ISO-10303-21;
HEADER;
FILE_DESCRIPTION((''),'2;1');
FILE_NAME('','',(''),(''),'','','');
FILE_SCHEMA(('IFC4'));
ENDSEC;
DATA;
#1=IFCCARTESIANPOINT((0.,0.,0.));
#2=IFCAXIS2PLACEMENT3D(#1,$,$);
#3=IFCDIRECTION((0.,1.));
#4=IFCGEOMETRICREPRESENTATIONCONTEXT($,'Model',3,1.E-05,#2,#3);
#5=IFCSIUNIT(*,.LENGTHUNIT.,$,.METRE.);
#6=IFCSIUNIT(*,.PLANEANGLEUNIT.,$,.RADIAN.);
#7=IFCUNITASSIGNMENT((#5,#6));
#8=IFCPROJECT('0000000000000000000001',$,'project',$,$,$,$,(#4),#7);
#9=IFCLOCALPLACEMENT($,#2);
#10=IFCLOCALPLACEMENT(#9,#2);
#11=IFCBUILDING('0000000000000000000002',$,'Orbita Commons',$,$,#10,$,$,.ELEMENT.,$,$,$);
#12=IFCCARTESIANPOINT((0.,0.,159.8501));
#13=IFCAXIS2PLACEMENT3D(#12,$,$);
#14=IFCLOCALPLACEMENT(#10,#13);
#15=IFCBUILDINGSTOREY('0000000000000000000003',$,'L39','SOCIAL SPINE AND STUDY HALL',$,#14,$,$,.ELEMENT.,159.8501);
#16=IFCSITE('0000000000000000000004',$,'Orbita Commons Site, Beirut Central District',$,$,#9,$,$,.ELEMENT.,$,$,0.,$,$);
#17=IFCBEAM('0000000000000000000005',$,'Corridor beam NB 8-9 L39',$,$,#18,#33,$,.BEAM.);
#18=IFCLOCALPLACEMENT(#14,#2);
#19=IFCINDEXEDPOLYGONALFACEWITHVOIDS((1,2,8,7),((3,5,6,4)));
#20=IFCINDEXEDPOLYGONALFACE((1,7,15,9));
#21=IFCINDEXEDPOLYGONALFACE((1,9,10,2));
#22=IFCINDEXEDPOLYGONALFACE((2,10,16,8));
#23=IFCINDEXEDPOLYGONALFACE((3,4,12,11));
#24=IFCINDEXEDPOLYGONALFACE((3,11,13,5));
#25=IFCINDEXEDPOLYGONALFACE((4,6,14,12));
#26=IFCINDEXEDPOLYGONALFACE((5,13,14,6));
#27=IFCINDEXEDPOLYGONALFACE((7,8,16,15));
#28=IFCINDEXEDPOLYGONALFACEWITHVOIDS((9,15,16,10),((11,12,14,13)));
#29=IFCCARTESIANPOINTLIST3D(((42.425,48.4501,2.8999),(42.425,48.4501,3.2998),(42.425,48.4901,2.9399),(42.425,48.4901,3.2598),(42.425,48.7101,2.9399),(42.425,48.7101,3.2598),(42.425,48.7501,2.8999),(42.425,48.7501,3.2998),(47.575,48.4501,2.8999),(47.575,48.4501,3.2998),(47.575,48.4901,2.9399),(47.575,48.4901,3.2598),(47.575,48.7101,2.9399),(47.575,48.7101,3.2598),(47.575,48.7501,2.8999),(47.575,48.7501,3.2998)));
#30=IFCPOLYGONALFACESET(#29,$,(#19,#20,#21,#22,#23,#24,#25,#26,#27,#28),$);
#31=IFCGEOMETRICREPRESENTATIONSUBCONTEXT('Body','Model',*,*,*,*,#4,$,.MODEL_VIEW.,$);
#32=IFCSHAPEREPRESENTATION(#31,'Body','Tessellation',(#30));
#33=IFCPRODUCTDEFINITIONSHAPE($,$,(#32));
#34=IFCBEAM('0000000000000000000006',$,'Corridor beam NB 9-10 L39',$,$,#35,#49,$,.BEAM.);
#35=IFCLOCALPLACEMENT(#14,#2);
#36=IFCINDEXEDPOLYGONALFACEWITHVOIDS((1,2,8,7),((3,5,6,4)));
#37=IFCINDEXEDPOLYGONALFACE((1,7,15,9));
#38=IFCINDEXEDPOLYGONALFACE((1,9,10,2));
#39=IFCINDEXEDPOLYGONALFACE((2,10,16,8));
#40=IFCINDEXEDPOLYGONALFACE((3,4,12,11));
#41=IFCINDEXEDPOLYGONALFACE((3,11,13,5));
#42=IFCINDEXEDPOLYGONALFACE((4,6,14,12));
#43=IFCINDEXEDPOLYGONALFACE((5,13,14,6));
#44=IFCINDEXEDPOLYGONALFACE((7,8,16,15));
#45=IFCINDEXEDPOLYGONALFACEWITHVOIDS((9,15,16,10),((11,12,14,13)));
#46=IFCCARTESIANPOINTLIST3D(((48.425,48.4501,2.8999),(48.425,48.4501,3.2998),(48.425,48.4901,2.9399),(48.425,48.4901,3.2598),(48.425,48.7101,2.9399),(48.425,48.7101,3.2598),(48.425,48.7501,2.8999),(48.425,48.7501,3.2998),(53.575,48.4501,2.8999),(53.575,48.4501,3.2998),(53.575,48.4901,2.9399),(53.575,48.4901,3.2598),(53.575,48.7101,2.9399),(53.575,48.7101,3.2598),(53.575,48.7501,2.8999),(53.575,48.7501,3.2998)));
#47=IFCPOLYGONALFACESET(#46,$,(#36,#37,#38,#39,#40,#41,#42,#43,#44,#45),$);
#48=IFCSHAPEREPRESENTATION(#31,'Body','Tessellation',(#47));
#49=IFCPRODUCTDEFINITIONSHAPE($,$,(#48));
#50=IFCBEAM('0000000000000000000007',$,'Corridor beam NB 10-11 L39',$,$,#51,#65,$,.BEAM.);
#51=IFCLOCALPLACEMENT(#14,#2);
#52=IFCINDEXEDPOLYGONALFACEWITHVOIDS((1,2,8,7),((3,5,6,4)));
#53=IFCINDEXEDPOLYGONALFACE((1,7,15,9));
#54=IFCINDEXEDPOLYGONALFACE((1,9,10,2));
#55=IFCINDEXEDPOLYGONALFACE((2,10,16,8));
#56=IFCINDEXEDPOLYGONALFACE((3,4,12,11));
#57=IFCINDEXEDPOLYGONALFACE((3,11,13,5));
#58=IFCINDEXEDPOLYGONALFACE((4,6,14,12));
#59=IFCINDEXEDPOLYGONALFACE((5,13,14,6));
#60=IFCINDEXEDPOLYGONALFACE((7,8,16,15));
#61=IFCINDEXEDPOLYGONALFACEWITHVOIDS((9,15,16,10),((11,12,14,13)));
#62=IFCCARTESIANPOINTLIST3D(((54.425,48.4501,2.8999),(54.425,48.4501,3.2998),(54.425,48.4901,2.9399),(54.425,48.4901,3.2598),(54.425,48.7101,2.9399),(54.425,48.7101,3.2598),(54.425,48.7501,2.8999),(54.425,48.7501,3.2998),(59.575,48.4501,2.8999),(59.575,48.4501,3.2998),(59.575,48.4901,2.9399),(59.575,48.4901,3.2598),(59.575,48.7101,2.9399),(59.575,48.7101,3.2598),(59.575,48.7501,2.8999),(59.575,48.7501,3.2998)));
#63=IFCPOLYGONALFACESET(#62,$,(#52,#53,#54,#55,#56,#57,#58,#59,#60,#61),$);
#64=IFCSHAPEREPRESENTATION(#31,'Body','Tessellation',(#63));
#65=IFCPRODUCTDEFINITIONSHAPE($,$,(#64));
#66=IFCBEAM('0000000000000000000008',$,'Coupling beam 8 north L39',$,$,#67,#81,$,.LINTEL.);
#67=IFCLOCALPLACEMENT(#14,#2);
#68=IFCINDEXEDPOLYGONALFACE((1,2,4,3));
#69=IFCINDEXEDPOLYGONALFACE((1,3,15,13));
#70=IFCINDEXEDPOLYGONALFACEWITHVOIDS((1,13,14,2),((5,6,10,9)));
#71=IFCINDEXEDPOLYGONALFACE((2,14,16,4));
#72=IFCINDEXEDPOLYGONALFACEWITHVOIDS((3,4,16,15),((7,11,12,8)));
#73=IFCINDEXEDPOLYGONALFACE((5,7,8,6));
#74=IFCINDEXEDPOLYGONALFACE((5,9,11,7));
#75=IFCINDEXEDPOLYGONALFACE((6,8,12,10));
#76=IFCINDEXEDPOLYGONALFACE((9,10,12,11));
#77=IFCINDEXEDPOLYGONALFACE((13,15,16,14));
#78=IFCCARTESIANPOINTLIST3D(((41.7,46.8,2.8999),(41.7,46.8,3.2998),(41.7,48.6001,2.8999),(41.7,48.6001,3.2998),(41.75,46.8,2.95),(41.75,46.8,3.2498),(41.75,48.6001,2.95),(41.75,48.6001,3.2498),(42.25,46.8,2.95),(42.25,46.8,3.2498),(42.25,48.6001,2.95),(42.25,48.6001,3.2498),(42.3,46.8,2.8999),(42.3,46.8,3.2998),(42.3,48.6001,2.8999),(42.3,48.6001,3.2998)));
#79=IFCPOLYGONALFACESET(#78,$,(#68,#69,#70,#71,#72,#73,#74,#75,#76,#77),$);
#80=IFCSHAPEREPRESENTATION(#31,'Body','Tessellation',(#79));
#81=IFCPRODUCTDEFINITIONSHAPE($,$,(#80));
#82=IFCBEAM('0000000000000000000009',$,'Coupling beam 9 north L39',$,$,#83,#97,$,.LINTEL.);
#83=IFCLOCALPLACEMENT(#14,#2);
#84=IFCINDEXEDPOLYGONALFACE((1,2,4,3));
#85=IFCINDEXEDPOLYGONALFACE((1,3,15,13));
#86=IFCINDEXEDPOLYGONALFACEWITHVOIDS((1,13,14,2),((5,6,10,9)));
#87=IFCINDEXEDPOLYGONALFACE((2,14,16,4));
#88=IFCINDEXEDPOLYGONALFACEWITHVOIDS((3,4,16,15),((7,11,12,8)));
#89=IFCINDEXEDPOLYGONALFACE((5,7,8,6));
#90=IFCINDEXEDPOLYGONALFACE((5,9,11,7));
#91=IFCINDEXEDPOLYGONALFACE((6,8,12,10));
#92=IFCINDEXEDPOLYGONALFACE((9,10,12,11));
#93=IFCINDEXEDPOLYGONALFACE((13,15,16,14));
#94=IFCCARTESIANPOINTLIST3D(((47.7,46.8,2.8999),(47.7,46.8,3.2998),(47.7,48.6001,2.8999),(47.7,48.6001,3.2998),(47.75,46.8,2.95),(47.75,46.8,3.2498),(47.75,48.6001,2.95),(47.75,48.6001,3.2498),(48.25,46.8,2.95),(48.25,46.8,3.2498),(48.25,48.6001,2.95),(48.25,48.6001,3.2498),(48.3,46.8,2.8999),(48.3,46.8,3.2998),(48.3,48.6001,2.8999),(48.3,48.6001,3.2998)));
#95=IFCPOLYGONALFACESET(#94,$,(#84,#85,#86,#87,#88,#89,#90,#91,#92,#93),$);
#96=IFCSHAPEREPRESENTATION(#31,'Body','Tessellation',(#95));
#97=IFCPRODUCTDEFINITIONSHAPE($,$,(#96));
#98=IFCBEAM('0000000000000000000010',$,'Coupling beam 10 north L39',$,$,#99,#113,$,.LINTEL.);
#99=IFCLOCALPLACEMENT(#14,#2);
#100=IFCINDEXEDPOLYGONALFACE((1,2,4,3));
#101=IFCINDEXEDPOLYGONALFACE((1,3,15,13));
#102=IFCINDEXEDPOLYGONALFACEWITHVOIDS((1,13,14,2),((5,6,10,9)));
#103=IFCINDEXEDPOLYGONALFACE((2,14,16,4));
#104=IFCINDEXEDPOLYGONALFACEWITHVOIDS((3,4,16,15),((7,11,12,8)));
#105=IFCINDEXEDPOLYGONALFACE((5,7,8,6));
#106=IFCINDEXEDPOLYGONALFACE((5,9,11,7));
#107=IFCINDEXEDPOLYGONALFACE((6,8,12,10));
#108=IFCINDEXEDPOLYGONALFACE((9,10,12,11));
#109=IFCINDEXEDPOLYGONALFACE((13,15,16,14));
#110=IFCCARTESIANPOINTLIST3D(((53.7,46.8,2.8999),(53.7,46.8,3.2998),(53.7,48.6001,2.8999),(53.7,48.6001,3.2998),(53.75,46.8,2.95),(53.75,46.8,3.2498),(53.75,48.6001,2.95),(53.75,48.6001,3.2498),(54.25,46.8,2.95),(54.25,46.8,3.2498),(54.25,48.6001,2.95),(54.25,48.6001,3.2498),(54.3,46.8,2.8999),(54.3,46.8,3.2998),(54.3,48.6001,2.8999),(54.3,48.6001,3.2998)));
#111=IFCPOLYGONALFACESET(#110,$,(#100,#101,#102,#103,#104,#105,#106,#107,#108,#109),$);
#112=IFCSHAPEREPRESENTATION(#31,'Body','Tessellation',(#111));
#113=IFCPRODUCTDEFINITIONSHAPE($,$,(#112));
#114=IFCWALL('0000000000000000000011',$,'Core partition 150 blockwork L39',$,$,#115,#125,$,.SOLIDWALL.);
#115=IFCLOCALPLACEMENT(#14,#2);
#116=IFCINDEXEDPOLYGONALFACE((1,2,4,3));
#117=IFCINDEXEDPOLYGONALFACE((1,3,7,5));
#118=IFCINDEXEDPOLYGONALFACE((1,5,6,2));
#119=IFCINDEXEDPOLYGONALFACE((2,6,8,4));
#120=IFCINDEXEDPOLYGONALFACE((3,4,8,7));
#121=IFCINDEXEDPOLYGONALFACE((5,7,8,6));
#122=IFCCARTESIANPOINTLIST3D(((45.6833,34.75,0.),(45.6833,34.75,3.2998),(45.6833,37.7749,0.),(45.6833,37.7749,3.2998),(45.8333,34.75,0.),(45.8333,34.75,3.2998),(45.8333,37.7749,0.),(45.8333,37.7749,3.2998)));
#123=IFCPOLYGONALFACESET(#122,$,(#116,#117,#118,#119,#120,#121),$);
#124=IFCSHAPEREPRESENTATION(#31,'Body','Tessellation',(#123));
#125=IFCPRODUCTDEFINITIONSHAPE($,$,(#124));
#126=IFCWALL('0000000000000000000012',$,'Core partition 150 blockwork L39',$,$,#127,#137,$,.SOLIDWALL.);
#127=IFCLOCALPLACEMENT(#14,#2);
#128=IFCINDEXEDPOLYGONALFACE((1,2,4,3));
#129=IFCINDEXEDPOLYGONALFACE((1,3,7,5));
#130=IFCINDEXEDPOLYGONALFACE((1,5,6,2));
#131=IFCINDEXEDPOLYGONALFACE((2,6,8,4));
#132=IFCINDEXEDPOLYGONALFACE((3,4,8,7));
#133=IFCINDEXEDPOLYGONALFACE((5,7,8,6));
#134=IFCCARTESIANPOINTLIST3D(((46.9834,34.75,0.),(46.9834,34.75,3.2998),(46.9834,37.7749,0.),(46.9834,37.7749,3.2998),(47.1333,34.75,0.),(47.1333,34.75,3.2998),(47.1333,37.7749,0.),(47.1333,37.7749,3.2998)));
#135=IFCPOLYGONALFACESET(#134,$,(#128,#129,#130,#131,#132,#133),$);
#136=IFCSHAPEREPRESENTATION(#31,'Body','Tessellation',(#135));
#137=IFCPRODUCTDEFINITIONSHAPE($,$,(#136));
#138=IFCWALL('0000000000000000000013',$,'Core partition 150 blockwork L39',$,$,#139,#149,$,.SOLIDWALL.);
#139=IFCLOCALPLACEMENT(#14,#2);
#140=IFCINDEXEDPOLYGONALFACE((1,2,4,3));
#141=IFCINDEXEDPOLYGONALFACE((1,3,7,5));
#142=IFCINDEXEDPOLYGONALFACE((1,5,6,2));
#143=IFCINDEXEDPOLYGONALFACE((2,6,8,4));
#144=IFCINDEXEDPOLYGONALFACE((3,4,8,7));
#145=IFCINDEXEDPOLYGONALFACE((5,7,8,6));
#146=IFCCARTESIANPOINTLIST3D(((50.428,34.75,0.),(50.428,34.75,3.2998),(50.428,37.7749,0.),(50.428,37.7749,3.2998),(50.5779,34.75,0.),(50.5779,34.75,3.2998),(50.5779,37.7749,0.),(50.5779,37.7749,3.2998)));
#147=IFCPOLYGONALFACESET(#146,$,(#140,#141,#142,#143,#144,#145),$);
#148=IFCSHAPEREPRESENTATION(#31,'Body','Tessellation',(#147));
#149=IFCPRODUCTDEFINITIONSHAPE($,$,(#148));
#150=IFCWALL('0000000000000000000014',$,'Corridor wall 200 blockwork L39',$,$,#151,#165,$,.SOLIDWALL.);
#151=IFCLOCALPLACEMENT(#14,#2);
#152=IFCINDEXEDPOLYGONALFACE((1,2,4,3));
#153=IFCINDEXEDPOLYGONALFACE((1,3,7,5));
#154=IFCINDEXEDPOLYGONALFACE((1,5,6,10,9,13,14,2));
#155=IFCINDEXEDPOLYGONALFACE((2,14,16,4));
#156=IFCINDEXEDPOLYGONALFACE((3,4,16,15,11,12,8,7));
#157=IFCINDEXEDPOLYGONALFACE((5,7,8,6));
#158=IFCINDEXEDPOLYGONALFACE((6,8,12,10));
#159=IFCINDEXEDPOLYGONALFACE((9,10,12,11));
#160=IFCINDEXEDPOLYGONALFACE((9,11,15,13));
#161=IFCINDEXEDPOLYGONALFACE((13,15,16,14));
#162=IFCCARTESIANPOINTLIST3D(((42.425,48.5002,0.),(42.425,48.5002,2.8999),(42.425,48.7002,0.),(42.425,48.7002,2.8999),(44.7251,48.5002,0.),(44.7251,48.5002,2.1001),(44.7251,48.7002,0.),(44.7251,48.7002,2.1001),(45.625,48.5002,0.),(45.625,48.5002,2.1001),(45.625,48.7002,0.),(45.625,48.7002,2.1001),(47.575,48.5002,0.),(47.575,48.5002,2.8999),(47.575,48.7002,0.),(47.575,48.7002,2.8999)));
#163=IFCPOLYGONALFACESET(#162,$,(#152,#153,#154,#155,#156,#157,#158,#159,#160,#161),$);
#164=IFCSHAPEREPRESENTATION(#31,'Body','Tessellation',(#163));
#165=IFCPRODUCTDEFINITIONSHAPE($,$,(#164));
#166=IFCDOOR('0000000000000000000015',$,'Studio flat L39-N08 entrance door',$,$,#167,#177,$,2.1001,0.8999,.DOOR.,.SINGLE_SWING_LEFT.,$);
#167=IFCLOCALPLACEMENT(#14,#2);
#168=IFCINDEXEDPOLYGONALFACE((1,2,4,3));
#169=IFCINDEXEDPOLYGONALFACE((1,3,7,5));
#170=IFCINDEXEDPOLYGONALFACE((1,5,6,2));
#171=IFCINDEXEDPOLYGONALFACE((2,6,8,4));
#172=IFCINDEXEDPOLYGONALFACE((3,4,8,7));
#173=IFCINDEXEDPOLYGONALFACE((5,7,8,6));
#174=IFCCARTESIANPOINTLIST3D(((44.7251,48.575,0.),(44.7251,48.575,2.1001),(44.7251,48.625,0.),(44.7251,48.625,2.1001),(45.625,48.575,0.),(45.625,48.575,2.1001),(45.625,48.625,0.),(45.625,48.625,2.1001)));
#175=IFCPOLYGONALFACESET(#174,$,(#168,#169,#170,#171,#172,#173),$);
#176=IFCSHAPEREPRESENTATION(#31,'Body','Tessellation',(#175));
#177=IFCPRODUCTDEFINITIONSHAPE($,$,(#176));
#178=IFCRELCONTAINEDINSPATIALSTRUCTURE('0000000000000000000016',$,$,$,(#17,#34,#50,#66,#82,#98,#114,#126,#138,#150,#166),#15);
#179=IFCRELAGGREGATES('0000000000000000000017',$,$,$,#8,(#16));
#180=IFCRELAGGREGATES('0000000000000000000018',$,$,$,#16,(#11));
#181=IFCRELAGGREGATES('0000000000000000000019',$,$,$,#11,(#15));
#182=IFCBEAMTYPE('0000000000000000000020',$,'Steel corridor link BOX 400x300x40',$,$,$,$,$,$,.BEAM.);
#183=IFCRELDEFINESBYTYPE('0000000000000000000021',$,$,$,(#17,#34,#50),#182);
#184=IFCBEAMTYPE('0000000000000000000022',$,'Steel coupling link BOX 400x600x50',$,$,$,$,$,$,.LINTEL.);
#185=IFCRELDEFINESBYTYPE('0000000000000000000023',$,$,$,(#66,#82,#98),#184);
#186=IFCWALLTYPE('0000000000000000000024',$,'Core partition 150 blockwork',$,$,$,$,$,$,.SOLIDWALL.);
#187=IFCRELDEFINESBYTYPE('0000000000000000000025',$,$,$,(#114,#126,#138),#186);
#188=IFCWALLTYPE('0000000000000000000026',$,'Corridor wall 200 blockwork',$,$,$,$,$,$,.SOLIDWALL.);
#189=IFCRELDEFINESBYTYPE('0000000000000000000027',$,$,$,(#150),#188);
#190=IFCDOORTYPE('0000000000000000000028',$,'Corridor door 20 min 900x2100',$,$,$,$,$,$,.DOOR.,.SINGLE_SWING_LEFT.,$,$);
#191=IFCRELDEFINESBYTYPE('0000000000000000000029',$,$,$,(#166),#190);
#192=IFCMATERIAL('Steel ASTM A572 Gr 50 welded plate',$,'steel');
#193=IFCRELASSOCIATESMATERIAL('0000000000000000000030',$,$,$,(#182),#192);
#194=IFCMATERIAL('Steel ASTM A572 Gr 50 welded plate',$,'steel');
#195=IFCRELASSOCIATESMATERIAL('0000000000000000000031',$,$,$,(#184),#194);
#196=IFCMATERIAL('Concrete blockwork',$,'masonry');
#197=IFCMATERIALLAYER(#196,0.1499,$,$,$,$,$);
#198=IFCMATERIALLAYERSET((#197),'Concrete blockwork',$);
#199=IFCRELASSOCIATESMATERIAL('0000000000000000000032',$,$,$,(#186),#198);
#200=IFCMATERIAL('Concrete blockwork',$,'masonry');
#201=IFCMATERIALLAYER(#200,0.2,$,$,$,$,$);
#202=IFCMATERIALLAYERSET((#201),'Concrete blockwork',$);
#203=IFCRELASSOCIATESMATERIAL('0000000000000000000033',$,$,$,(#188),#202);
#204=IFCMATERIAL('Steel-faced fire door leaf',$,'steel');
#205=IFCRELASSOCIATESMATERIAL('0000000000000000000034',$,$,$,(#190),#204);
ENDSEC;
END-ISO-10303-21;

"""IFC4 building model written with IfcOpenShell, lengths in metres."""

from ifc_helpers import new_model, si_unit, direction, frame, frame_2d, origin, origin_2d, place, context, subcontext, project, spatial, polyline, rectangle, hollow_rectangle, outline, extrude, material, layer, layer_set, material_profile, profile_set, type_object, element, fill, save


model = new_model("IFC4")

# Units and contexts
model_context = context("Model", 3, precision=1e-05, world=origin(), true_north=direction((0.0, 1.0)))
body_context = subcontext(model_context, "Body", "Model", "MODEL_VIEW")
ifc_project = project(units=[si_unit("LENGTHUNIT", "METRE"), si_unit("PLANEANGLEUNIT", "RADIAN")], contexts=[model_context])

# Site, building, storey
site_placement = place(None, origin())
site = spatial("IfcSite", under=ifc_project, at=site_placement, Name="Orbita Commons Site, Beirut Central District", CompositionType="ELEMENT", RefElevation=0.0)
building_placement = place(site_placement, origin())
building = spatial("IfcBuilding", under=site, at=building_placement, Name="Orbita Commons", CompositionType="ELEMENT")
storey_placement = place(building_placement, frame((0.0, 0.0, 159.8501)))
storey = spatial("IfcBuildingStorey", under=building, at=storey_placement, Name="L39", Description="SOCIAL SPINE AND STUDY HALL", CompositionType="ELEMENT", Elevation=159.8501)

# Beams
ifc_material_1 = material(Name="Steel ASTM A572 Gr 50 welded plate", Category="steel")
ifc_material_profile_1 = material_profile(ifc_material_1, hollow_rectangle(XDim=0.3, YDim=0.3999, WallThickness=0.04, at=origin_2d()), Name="BOX 400x300x40")
ifc_profile_set_1 = profile_set([ifc_material_profile_1], Name="Steel ASTM A572 Gr 50 welded plate")
beam_type_1 = type_object("IfcBeamType", Name="Steel corridor link BOX 400x300x40", PredefinedType="BEAM", material=ifc_profile_set_1)
for number, where, z_axis, x_axis, name in (
    (1, (42.425, 48.6001, 3.0999), (1.0, 0.0, 0.0), (0.0, 1.0, 0.0), "Corridor beam NB 8-9 L39"),
    (2, (48.425, 48.6001, 3.0999), (1.0, 0.0, 0.0), (0.0, 1.0, 0.0), "Corridor beam NB 9-10 L39"),
    (3, (54.425, 48.6001, 3.0999), (1.0, 0.0, 0.0), (0.0, 1.0, 0.0), "Corridor beam NB 10-11 L39"),
):
    element("IfcBeam", number, at=place(storey_placement, frame(where, z_axis=z_axis, x_axis=x_axis)), inside=storey, type_object=beam_type_1, Name=name, PredefinedType="BEAM", context=body_context, shape_type="SweptSolid", body=[
        extrude(hollow_rectangle(XDim=0.3, YDim=0.3999, WallThickness=0.04, at=origin_2d()), origin(), (0.0, 0.0, 1.0), 5.1499),
    ])
ifc_material_2 = material(Name="Steel ASTM A572 Gr 50 welded plate", Category="steel")
ifc_material_profile_2 = material_profile(ifc_material_2, hollow_rectangle(XDim=0.6001, YDim=0.3999, WallThickness=0.05, at=origin_2d()), Name="BOX 400x600x50")
ifc_profile_set_2 = profile_set([ifc_material_profile_2], Name="Steel ASTM A572 Gr 50 welded plate")
beam_type_2 = type_object("IfcBeamType", Name="Steel coupling link BOX 400x600x50", PredefinedType="LINTEL", material=ifc_profile_set_2)
for number, where, z_axis, x_axis, name in (
    (4, (42.0, 46.8, 3.0999), (0.0, 1.0, 0.0), (-1.0, 0.0, 0.0), "Coupling beam 8 north L39"),
    (5, (48.0, 46.8, 3.0999), (0.0, 1.0, 0.0), (-1.0, 0.0, 0.0), "Coupling beam 9 north L39"),
    (6, (54.0, 46.8, 3.0999), (0.0, 1.0, 0.0), (-1.0, 0.0, 0.0), "Coupling beam 10 north L39"),
):
    element("IfcBeam", number, at=place(storey_placement, frame(where, z_axis=z_axis, x_axis=x_axis)), inside=storey, type_object=beam_type_2, Name=name, PredefinedType="LINTEL", context=body_context, shape_type="SweptSolid", body=[
        extrude(hollow_rectangle(XDim=0.6001, YDim=0.3999, WallThickness=0.05, at=origin_2d()), origin(), (0.0, 0.0, 1.0), 1.8),
    ])

# Walls
ifc_material_3 = material(Name="Concrete blockwork", Category="masonry")
ifc_layer_1 = layer(ifc_material_3, 0.1499)
ifc_layer_set_1 = layer_set([ifc_layer_1], Name="Concrete blockwork")
wall_type_1 = type_object("IfcWallType", Name="Core partition 150 blockwork", PredefinedType="SOLIDWALL", material=ifc_layer_set_1)
for number, where, z_axis, x_axis, name in (
    (7, (45.7583, 34.75, 0.0), (0.0, 0.0, 1.0), (0.0, 1.0, 0.0), "Core partition 150 blockwork L39"),
    (8, (47.0583, 34.75, 0.0), (0.0, 0.0, 1.0), (0.0, 1.0, 0.0), "Core partition 150 blockwork L39"),
    (9, (50.5029, 34.75, 0.0), (0.0, 0.0, 1.0), (0.0, 1.0, 0.0), "Core partition 150 blockwork L39"),
):
    element("IfcWall", number, at=place(storey_placement, frame(where, z_axis=z_axis, x_axis=x_axis)), inside=storey, type_object=wall_type_1, Name=name, PredefinedType="SOLIDWALL", context=body_context, shape_type="SweptSolid", body=[
        extrude(rectangle(XDim=3.0249, YDim=0.1499, at=frame_2d((1.5125, 0.0))), origin(), (0.0, 0.0, 1.0), 3.2998),
    ])

# Wall, opening, door
ifc_material_4 = material(Name="Concrete blockwork", Category="masonry")
ifc_layer_2 = layer(ifc_material_4, 0.2)
ifc_layer_set_2 = layer_set([ifc_layer_2], Name="Concrete blockwork")
wall_type_2 = type_object("IfcWallType", Name="Corridor wall 200 blockwork", PredefinedType="SOLIDWALL", material=ifc_layer_set_2)
wall_1_placement = place(storey_placement, frame((42.425, 48.6001, 0.0), z_axis=(0.0, 0.0, 1.0), x_axis=(1.0, 0.0, 0.0)))
wall_1 = element("IfcWall", 10, at=wall_1_placement, inside=storey, type_object=wall_type_2, Name="Corridor wall 200 blockwork L39", PredefinedType="SOLIDWALL", context=body_context, shape_type="SweptSolid", body=[
    extrude(outline(polyline([(0.0, 0.0), (5.1499, 0.0), (5.1499, 2.8999), (0.0, 2.8999), (0.0, 0.0)])), frame((0.0, 0.1001, 0.0), z_axis=(0.0, -1.0, 0.0), x_axis=(1.0, 0.0, 0.0)), (0.0, 0.0, 1.0), 0.2),
])
opening_1_placement = place(wall_1_placement, frame((2.3, 0.0, 0.0)))
opening_1 = element("IfcOpeningElement", 11, at=opening_1_placement, cuts=wall_1, PredefinedType="OPENING", context=body_context, shape_type="SweptSolid", body=[
    extrude(rectangle(XDim=0.8999, YDim=2.1001, at=frame_2d((0.45, 1.05))), frame((0.0, 0.1099, 0.0), z_axis=(0.0, -1.0, 0.0), x_axis=(1.0, 0.0, 0.0)), (0.0, 0.0, 1.0), 0.22),
])
ifc_material_5 = material(Name="Steel-faced fire door leaf", Category="steel")
door_type_1 = type_object("IfcDoorType", Name="Corridor door 20 min 900x2100", OperationType="SINGLE_SWING_LEFT", PredefinedType="DOOR", material=ifc_material_5)
door_1_placement = place(opening_1_placement, origin())
door_1 = element("IfcDoor", 12, at=door_1_placement, inside=storey, type_object=door_type_1, Name="Studio flat L39-N08 entrance door", OperationType="SINGLE_SWING_LEFT", OverallHeight=2.1001, OverallWidth=0.8999, PredefinedType="DOOR", context=body_context, shape_type="SweptSolid", body=[
    extrude(rectangle(XDim=0.8999, YDim=2.1001, at=frame_2d((0.45, 1.05))), frame((0.0, 0.0249, 0.0), z_axis=(0.0, -1.0, 0.0), x_axis=(1.0, 0.0, 0.0)), (0.0, 0.0, 1.0), 0.05),
])
fill(opening_1, door_1)

save(model, "model.ifc")
